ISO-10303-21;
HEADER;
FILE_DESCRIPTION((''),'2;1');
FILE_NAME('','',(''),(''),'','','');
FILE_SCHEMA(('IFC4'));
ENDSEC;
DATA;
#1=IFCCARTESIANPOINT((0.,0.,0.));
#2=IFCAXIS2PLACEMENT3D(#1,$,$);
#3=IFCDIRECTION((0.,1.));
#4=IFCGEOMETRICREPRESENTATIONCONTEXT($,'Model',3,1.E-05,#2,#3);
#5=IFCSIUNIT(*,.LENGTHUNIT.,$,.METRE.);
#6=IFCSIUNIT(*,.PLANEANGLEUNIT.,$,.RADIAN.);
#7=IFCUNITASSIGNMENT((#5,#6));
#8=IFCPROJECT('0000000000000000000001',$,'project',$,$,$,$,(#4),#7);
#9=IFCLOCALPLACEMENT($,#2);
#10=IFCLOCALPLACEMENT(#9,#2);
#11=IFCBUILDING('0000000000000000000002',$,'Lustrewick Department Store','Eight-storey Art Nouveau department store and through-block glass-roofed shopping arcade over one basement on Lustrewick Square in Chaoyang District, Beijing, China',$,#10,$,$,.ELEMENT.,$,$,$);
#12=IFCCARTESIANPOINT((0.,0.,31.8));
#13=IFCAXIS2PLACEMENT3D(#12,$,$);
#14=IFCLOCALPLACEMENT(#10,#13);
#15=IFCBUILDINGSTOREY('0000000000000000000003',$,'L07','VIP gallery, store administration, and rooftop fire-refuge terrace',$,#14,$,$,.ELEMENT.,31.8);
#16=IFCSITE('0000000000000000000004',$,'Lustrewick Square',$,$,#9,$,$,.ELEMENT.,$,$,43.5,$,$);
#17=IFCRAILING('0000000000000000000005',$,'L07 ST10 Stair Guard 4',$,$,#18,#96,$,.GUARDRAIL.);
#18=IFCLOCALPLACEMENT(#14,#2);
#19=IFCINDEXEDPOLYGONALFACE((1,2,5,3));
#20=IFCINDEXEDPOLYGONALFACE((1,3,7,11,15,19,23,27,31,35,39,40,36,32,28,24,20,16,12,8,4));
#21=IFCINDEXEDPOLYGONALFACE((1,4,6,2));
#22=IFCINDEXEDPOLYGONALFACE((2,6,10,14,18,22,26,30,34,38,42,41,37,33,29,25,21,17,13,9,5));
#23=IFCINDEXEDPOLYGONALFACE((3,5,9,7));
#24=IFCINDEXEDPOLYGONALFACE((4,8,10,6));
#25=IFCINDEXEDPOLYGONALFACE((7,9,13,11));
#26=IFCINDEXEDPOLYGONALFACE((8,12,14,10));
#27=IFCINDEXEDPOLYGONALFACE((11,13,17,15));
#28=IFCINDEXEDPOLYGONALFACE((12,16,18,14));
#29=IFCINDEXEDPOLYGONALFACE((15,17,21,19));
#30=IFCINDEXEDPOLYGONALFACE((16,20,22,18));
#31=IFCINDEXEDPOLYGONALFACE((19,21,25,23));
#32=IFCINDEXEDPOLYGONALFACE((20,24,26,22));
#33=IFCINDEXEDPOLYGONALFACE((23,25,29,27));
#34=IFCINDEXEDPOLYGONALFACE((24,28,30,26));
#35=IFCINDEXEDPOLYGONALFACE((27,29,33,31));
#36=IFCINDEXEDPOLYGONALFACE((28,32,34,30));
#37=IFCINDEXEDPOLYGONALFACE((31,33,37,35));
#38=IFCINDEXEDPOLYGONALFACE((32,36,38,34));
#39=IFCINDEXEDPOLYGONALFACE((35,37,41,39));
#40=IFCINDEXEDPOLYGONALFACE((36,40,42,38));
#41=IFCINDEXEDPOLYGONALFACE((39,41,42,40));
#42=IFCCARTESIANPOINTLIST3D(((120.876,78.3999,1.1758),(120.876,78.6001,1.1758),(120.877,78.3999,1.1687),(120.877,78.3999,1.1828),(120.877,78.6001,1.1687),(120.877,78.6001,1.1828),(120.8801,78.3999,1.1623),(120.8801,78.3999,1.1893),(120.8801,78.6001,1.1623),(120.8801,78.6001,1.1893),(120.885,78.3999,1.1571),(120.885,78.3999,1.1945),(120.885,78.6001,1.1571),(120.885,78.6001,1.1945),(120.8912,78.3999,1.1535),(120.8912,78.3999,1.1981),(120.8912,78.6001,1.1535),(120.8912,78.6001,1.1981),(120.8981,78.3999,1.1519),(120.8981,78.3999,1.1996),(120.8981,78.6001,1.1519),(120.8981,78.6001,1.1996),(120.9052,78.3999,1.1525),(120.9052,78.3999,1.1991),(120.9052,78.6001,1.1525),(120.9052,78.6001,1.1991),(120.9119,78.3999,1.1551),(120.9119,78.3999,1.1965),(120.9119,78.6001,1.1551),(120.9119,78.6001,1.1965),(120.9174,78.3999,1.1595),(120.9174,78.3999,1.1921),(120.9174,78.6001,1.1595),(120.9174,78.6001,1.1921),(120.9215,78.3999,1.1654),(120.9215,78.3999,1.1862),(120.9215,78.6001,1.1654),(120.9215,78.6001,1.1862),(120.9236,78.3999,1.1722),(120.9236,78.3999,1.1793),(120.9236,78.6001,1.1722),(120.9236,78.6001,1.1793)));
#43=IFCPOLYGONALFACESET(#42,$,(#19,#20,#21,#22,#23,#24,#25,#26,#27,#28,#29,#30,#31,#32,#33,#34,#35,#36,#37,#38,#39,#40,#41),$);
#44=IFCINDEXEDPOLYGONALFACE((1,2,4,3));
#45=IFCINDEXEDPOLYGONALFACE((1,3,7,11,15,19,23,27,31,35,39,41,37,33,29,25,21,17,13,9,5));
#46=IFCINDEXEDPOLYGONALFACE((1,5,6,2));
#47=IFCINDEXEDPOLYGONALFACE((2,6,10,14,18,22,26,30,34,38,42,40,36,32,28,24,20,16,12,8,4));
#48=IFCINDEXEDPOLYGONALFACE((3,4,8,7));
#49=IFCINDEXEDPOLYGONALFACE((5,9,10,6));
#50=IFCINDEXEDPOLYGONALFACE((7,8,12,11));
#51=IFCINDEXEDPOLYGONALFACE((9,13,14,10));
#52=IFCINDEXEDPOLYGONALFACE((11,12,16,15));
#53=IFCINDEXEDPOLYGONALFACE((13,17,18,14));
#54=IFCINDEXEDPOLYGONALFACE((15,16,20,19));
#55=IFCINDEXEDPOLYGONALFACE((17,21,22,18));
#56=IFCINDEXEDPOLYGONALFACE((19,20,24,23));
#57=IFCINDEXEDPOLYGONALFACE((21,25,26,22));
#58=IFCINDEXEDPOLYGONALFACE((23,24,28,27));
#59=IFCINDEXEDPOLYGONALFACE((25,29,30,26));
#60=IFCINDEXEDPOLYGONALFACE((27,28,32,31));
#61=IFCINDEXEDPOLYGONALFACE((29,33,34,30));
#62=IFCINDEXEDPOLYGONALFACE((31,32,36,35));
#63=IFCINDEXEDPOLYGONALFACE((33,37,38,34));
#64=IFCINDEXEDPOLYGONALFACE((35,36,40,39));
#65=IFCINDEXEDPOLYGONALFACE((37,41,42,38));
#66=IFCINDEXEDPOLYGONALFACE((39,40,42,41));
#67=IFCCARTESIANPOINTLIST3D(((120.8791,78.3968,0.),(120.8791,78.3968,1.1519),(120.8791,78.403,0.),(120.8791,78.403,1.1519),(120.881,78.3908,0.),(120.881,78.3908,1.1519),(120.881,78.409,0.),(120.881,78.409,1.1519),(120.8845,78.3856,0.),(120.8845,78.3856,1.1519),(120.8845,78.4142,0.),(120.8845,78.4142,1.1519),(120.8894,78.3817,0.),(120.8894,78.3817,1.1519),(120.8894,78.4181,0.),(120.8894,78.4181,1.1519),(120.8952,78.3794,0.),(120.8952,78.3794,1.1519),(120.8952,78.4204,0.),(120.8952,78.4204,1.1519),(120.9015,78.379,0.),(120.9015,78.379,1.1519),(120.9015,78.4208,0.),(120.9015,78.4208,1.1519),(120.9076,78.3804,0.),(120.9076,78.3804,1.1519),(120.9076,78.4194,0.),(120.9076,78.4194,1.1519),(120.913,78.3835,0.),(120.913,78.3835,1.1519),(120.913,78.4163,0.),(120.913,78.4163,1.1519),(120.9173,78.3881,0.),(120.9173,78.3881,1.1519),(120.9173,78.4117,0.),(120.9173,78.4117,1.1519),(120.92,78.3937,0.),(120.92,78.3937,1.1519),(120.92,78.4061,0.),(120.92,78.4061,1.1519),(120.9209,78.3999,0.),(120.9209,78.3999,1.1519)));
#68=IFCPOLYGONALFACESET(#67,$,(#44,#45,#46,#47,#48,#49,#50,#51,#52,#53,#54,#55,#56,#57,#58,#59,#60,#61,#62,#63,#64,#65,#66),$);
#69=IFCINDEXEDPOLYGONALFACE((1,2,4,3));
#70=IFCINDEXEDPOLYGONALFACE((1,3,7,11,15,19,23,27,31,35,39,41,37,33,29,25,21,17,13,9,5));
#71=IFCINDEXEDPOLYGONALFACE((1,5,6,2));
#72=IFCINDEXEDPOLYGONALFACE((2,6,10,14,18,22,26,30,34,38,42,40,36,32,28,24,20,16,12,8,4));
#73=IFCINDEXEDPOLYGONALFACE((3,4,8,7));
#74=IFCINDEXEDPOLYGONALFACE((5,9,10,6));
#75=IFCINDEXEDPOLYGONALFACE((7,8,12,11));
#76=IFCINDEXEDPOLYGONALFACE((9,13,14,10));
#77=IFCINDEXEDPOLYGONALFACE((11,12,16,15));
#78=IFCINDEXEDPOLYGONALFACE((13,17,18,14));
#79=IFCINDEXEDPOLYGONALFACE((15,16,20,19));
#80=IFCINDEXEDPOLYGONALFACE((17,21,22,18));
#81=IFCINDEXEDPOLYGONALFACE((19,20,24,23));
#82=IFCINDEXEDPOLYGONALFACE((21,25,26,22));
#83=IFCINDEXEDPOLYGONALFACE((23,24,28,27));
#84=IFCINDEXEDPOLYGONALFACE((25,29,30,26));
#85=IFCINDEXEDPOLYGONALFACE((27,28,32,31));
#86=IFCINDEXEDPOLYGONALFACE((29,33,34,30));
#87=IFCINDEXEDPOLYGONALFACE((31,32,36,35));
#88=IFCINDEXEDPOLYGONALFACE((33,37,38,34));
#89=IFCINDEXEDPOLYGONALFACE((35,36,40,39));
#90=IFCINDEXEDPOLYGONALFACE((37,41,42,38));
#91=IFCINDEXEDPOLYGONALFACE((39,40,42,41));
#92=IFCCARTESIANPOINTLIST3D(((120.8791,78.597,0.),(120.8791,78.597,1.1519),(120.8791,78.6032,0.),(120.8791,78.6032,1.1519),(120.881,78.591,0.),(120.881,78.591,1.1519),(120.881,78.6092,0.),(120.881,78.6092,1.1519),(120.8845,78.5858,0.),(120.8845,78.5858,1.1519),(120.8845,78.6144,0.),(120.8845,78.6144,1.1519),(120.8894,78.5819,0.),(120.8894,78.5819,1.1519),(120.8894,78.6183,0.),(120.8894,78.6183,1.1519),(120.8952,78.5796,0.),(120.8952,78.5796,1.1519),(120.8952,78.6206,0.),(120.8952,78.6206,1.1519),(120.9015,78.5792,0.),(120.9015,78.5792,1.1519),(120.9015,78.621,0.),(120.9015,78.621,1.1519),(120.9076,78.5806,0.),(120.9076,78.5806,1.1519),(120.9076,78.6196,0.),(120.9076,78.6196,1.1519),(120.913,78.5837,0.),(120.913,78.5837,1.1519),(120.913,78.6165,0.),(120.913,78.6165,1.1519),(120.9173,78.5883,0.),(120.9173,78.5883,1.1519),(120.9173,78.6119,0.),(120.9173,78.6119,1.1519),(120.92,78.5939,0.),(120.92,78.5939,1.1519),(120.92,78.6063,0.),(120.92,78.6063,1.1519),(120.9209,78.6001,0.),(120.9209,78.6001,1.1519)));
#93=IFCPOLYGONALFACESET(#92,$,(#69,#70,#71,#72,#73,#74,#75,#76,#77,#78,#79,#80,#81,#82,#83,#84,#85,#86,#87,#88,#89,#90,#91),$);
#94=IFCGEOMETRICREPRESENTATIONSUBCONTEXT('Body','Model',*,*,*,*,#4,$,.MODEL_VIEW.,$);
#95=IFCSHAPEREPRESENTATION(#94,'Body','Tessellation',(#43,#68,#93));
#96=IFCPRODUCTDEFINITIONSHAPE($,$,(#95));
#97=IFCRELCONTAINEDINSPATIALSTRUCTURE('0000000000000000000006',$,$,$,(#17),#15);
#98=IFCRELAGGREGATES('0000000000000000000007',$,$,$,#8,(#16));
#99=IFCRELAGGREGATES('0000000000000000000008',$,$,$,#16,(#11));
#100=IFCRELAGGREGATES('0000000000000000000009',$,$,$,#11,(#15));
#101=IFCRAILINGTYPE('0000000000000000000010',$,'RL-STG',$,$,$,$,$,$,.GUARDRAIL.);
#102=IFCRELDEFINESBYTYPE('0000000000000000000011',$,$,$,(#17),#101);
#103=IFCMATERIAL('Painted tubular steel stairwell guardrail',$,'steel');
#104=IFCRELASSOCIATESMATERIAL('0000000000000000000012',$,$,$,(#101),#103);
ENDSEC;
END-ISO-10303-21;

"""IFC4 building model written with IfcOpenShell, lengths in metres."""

from ifc_helpers import new_model, si_unit, direction, frame, origin, origin_2d, place, context, subcontext, project, spatial, circle, extrude, material, type_object, element, save


model = new_model("IFC4")

# Units and contexts
model_context = context("Model", 3, precision=1e-05, world=origin(), true_north=direction((0.0, 1.0)))
body_context = subcontext(model_context, "Body", "Model", "MODEL_VIEW")
ifc_project = project(units=[si_unit("LENGTHUNIT", "METRE"), si_unit("PLANEANGLEUNIT", "RADIAN")], contexts=[model_context])

# Site, building, storey
site_placement = place(None, origin())
site = spatial("IfcSite", under=ifc_project, at=site_placement, Name="Lustrewick Square", CompositionType="ELEMENT", RefElevation=43.5)
building_placement = place(site_placement, origin())
building = spatial("IfcBuilding", under=site, at=building_placement, Name="Lustrewick Department Store", Description="Eight-storey Art Nouveau department store and through-block glass-roofed shopping arcade over one basement on Lustrewick Square in Chaoyang District, Beijing, China", CompositionType="ELEMENT")
storey_placement = place(building_placement, frame((0.0, 0.0, 31.8)))
storey = spatial("IfcBuildingStorey", under=building, at=storey_placement, Name="L07", Description="VIP gallery, store administration, and rooftop fire-refuge terrace", CompositionType="ELEMENT", Elevation=31.8)

# Railing
ifc_material_1 = material(Name="Painted tubular steel stairwell guardrail", Category="steel")
railing_type_1 = type_object("IfcRailingType", Name="RL-STG", PredefinedType="GUARDRAIL", material=ifc_material_1)
railing_1_placement = place(storey_placement, frame((120.8999, 78.3999, 0.0)))
element("IfcRailing", 1, at=railing_1_placement, inside=storey, type_object=railing_type_1, Name="L07 ST10 Stair Guard 4", PredefinedType="GUARDRAIL", context=body_context, shape_type="SweptSolid", body=[
    extrude(circle(Radius=0.0239, at=origin_2d()), frame((0.0, 0.0, 1.1758), z_axis=(0.0, 1.0, 0.0), x_axis=(-1.0, 0.0, 0.0)), (0.0, 0.0, 1.0), 0.2002),
    extrude(circle(Radius=0.021, at=origin_2d()), origin(), (0.0, 0.0, 1.0), 1.1519),
    extrude(circle(Radius=0.021, at=origin_2d()), frame((0.0, 0.2002, 0.0)), (0.0, 0.0, 1.0), 1.1519),
])

save(model, "model.ifc")
